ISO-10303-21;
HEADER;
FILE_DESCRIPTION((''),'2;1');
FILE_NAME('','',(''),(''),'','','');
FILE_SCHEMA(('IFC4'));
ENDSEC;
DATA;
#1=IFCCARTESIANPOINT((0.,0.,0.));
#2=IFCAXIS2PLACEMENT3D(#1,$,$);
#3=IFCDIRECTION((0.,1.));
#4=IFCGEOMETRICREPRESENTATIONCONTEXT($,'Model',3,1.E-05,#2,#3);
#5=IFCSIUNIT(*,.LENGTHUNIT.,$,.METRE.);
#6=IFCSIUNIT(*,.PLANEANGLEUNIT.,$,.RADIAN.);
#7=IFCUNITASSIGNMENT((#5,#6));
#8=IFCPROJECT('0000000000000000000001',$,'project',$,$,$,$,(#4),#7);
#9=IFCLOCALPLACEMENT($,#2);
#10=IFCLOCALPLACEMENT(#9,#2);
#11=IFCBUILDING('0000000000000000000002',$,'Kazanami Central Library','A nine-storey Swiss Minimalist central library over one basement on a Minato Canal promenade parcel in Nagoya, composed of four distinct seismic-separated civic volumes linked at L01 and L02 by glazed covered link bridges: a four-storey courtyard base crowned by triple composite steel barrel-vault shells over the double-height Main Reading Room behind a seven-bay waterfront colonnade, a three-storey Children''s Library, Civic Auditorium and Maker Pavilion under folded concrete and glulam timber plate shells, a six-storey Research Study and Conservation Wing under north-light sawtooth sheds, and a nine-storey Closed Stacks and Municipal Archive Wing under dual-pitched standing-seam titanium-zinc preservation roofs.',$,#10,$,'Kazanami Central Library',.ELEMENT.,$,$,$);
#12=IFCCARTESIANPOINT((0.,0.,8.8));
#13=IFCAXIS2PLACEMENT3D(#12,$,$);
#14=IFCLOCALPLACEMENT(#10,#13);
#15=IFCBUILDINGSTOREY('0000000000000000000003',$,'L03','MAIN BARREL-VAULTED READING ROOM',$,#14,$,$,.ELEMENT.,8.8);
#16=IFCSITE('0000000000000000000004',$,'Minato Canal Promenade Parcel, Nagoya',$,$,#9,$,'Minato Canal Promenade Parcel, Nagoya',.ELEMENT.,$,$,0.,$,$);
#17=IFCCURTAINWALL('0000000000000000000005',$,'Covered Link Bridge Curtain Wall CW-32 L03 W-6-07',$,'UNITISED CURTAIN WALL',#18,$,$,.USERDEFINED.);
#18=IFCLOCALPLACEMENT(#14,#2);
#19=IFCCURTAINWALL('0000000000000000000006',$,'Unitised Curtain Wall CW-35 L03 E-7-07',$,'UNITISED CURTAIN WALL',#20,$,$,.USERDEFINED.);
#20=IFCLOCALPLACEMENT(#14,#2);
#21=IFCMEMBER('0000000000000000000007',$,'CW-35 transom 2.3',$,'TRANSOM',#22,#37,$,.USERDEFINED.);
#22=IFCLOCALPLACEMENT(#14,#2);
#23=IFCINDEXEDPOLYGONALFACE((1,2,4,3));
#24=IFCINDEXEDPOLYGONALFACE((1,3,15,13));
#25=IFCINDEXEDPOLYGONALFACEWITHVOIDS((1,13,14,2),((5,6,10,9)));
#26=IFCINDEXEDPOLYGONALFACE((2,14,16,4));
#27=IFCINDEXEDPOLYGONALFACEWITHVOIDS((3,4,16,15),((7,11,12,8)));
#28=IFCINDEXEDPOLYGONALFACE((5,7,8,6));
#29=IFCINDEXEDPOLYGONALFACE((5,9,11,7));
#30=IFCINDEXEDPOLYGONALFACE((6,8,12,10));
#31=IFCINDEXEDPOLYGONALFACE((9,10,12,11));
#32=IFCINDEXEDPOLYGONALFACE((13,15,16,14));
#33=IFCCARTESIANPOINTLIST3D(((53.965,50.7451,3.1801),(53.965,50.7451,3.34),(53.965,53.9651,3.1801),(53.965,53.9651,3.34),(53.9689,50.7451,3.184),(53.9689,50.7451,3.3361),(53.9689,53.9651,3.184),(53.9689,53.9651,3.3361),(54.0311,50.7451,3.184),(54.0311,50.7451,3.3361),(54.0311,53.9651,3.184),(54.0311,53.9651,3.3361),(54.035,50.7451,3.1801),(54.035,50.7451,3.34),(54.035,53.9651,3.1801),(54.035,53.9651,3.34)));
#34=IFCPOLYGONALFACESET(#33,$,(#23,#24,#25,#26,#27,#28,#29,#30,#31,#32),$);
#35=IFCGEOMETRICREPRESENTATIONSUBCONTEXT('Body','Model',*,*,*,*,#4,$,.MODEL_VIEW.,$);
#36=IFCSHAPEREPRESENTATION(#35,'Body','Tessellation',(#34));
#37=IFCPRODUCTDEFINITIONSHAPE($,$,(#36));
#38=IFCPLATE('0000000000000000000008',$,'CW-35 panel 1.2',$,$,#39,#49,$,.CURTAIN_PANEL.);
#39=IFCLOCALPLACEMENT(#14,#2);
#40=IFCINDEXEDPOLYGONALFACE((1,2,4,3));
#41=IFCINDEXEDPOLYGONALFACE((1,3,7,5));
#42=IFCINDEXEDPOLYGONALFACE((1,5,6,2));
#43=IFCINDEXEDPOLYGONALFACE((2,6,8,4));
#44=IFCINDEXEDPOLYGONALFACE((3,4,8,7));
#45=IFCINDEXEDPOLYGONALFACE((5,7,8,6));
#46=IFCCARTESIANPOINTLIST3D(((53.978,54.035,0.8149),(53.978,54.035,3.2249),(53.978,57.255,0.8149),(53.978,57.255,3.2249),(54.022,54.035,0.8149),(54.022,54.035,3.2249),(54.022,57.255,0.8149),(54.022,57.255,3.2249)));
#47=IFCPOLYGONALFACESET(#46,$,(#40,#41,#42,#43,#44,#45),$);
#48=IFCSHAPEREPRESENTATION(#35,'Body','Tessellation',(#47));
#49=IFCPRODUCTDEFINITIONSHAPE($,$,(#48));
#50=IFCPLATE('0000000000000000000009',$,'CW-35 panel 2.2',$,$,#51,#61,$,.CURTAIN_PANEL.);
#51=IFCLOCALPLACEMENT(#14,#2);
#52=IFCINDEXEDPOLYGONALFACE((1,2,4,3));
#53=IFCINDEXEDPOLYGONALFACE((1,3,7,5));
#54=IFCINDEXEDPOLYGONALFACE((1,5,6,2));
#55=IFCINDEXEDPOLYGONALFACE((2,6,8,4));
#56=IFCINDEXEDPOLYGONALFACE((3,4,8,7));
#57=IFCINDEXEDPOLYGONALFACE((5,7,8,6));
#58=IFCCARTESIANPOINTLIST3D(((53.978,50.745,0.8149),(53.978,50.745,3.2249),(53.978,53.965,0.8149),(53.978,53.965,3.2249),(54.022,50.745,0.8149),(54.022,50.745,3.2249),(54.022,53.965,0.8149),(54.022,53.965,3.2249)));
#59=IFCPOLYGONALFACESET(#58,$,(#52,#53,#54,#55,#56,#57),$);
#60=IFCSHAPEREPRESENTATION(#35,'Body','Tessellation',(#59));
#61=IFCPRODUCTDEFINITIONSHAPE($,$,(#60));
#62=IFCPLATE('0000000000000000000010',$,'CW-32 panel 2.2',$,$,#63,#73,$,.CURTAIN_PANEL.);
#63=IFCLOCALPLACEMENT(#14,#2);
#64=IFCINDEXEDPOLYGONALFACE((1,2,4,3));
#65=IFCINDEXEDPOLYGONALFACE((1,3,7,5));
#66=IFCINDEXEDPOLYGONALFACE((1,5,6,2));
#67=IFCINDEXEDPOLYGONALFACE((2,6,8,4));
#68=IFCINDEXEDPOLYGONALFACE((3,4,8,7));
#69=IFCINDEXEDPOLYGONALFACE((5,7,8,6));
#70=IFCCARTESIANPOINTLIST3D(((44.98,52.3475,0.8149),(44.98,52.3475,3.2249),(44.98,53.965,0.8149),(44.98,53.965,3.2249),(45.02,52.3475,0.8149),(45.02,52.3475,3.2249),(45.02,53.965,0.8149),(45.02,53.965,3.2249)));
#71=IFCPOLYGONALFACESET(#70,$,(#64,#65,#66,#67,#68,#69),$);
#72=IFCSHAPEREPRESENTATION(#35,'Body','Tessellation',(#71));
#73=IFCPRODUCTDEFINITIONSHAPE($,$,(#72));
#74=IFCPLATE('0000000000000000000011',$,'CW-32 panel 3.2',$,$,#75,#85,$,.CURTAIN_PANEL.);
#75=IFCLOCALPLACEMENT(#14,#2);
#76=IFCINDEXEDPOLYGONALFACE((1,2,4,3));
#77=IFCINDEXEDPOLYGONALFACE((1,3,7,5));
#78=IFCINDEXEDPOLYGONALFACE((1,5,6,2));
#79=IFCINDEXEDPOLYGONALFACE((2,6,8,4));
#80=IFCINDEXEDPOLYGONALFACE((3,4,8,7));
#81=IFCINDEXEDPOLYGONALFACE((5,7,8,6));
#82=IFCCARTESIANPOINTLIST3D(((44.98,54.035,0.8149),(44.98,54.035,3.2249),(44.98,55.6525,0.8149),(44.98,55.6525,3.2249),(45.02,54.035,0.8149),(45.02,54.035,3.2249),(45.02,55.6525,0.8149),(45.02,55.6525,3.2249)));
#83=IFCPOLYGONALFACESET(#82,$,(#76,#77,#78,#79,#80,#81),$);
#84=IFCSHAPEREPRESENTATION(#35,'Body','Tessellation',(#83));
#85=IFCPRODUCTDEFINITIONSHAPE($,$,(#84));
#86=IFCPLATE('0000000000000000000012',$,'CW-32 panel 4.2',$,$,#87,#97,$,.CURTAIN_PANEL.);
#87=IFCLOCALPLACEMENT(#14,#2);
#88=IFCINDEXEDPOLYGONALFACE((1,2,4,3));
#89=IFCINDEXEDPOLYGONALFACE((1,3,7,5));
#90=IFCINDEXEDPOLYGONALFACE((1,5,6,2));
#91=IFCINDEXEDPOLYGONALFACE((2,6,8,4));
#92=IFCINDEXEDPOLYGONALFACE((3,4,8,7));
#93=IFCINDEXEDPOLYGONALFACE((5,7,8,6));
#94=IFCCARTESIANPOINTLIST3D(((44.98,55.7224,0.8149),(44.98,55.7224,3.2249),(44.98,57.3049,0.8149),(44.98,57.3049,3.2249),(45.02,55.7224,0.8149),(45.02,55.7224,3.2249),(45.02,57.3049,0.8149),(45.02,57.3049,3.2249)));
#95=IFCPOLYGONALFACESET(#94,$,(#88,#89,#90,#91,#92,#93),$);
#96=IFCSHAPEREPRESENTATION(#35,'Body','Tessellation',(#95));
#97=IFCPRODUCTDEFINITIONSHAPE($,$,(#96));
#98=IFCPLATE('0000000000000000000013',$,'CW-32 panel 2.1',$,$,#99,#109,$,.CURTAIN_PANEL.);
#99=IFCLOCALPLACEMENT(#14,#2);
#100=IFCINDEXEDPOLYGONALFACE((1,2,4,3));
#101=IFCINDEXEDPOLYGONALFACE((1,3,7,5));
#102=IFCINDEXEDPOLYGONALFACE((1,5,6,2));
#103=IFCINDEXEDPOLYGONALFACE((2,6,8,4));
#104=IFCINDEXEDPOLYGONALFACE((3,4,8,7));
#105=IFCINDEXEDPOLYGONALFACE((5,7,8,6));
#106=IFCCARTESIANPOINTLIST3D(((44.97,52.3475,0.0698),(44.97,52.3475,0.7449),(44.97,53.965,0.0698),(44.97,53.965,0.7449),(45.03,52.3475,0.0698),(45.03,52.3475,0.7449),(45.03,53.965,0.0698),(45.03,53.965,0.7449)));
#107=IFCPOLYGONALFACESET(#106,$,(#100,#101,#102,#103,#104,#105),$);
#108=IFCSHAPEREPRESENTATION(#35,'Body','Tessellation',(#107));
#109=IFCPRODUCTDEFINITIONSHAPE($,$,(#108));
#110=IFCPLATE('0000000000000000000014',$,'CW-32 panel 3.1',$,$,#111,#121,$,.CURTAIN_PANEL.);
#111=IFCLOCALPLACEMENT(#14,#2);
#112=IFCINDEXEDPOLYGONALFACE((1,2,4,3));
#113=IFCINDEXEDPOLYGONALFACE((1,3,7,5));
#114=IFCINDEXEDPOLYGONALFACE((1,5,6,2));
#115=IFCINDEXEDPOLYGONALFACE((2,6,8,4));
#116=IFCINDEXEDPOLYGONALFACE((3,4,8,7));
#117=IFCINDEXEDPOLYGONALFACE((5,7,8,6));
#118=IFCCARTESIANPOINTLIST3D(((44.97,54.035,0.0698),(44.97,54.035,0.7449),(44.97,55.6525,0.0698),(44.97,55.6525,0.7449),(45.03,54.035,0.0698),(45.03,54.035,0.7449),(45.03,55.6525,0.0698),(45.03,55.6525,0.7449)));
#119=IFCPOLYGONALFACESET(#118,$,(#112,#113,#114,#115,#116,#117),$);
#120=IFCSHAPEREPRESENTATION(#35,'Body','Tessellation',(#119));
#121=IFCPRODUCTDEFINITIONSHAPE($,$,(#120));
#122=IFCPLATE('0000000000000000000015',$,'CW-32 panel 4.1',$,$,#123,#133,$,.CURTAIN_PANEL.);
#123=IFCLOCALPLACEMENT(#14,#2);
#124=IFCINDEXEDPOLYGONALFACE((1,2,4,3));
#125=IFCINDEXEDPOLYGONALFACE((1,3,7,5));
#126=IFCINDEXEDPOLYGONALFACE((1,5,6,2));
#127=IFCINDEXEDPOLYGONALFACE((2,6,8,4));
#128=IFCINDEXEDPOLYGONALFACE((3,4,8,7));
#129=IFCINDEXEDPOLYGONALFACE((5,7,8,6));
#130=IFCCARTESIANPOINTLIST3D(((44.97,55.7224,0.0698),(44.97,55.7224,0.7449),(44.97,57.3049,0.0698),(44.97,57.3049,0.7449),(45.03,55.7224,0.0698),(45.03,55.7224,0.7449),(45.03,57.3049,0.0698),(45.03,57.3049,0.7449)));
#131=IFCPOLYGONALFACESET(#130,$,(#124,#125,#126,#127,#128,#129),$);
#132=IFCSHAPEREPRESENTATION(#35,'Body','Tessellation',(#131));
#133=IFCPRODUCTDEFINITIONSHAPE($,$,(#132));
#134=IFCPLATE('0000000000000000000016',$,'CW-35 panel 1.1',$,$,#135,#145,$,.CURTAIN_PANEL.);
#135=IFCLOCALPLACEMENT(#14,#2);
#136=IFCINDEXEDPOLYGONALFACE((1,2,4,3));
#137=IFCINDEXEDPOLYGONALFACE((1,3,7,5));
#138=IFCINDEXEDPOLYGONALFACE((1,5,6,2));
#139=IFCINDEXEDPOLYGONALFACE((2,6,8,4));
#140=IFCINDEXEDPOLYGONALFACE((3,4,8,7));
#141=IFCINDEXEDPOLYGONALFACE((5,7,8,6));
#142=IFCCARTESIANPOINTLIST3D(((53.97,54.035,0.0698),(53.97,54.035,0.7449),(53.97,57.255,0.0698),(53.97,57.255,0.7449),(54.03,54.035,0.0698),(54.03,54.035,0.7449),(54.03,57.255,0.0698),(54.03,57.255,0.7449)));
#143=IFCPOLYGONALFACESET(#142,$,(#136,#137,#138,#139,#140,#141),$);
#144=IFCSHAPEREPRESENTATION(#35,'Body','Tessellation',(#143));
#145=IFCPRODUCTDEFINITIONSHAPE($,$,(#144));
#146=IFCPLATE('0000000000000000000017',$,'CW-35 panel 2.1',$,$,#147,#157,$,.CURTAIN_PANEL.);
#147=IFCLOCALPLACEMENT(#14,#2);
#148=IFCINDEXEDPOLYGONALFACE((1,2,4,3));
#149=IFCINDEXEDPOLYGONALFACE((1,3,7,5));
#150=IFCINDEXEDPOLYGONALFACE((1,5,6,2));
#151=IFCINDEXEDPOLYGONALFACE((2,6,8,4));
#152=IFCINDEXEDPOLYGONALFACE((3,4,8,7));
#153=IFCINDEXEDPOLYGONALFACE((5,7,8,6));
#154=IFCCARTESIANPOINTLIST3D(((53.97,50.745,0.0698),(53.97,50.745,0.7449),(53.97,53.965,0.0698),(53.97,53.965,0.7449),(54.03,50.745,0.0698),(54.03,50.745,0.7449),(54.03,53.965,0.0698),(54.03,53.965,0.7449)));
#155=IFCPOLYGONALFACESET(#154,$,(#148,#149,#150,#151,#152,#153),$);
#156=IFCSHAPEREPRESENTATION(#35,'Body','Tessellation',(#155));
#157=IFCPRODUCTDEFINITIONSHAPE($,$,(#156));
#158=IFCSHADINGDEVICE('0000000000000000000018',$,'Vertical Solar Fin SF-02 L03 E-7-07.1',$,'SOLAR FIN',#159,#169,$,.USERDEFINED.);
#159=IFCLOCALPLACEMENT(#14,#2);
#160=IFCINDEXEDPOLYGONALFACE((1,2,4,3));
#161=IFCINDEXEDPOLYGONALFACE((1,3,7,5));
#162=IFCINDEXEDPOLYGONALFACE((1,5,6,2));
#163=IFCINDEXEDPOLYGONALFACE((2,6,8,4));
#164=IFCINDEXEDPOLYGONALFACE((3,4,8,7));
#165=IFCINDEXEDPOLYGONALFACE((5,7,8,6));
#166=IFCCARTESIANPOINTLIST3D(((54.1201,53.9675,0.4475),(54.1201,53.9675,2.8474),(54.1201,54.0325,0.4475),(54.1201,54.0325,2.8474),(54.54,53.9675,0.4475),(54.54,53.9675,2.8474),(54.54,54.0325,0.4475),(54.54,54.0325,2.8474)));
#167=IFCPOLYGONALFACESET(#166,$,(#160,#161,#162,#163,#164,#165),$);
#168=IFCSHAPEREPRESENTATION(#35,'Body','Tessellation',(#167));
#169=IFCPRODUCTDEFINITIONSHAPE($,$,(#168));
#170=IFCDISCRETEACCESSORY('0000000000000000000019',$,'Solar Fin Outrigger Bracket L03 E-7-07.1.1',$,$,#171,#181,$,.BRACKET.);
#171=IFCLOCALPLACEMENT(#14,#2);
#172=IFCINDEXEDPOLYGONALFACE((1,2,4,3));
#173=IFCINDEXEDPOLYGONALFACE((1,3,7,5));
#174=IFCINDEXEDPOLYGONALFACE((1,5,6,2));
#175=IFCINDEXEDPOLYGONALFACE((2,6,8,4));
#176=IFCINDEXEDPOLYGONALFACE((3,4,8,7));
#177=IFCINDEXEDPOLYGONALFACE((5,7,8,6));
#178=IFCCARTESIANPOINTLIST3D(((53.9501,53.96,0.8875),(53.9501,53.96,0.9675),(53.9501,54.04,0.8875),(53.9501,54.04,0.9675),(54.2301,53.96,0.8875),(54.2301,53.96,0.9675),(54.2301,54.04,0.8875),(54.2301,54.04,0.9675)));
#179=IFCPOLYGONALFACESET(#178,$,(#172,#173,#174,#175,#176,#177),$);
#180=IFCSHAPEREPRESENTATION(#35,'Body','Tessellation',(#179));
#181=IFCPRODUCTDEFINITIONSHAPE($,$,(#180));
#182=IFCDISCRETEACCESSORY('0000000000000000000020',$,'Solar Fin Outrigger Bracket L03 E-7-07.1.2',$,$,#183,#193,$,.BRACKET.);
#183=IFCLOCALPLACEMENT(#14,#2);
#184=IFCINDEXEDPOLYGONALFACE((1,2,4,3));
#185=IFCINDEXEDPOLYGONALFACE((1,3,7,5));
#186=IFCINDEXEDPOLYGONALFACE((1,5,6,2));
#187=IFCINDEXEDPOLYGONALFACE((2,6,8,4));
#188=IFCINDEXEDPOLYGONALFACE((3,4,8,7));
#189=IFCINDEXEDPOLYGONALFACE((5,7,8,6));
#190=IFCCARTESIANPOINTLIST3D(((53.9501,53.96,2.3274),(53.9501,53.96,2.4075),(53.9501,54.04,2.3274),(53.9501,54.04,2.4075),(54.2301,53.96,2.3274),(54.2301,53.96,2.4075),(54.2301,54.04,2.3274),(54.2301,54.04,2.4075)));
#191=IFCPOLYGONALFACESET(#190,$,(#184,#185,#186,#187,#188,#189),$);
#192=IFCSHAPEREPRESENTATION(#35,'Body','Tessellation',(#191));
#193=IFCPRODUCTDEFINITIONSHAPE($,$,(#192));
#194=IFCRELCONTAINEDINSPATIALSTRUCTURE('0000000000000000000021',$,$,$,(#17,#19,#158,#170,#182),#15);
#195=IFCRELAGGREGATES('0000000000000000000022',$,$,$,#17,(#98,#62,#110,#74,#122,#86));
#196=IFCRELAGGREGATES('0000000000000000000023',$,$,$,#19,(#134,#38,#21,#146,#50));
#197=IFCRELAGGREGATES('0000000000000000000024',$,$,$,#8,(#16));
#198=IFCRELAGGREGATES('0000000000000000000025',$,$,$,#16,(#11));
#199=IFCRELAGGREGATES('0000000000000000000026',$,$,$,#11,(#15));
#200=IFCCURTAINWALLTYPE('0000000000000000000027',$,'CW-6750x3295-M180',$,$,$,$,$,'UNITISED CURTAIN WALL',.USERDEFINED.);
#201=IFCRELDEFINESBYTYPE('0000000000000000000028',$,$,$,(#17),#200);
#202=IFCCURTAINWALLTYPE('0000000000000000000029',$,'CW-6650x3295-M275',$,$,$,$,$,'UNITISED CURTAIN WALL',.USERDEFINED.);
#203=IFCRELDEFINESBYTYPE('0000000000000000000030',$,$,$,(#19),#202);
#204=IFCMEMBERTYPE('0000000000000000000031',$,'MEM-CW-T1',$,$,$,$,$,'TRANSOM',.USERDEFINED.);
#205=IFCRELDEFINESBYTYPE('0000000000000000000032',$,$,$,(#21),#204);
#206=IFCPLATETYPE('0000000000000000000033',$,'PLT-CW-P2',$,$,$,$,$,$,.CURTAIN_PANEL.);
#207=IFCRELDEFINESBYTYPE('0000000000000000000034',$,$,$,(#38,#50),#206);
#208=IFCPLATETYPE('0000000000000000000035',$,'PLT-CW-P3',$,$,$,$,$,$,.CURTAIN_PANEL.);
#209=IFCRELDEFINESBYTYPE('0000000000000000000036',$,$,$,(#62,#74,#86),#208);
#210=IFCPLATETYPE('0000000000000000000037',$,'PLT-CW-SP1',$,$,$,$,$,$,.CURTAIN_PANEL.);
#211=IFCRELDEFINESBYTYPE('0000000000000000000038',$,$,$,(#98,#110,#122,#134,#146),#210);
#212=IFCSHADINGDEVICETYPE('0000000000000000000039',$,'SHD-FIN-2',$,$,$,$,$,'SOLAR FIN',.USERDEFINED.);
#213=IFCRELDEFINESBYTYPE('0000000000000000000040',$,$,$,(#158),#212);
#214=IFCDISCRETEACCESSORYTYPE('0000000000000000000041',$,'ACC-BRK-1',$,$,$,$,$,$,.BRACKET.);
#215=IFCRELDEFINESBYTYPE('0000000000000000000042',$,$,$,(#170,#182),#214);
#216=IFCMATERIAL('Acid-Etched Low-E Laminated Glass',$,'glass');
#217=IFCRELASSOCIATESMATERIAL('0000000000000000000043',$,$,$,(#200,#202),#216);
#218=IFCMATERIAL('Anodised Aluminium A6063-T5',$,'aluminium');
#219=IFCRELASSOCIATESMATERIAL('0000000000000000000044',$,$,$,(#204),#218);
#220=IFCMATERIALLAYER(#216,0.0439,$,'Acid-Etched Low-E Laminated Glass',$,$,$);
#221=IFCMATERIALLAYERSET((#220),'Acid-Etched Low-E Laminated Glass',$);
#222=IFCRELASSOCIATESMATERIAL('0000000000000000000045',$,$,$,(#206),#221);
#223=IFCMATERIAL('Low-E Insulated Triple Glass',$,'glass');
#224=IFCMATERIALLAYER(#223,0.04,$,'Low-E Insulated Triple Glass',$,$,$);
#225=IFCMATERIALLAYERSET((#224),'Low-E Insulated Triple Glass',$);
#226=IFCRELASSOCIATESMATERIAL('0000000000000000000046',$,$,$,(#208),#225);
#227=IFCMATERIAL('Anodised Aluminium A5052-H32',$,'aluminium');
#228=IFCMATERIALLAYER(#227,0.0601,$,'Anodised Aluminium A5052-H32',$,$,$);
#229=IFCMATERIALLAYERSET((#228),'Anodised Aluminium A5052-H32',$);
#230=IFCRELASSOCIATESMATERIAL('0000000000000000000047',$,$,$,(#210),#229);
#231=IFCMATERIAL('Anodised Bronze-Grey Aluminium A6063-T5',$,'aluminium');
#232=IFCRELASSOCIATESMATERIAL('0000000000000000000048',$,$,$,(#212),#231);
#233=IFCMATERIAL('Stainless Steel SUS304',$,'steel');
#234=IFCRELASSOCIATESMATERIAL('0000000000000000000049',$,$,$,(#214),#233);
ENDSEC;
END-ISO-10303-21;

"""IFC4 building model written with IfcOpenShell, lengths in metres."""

from ifc_helpers import new_model, si_unit, direction, frame, origin, origin_2d, place, context, subcontext, project, spatial, rectangle, hollow_rectangle, extrude, material, layer, layer_set, material_profile, profile_set, type_object, element, aggregate, save


model = new_model("IFC4")

# Units and contexts
model_context = context("Model", 3, precision=1e-05, world=origin(), true_north=direction((0.0, 1.0)))
body_context = subcontext(model_context, "Body", "Model", "MODEL_VIEW")
ifc_project = project(units=[si_unit("LENGTHUNIT", "METRE"), si_unit("PLANEANGLEUNIT", "RADIAN")], contexts=[model_context])

# Site, building, storey
site_placement = place(None, origin())
site = spatial("IfcSite", under=ifc_project, at=site_placement, Name="Minato Canal Promenade Parcel, Nagoya", LongName="Minato Canal Promenade Parcel, Nagoya", CompositionType="ELEMENT", RefElevation=0.0)
building_placement = place(site_placement, origin())
building = spatial("IfcBuilding", under=site, at=building_placement, Name="Kazanami Central Library", Description="A nine-storey Swiss Minimalist central library over one basement on a Minato Canal promenade parcel in Nagoya, composed of four distinct seismic-separated civic volumes linked at L01 and L02 by glazed covered link bridges: a four-storey courtyard base crowned by triple composite steel barrel-vault shells over the double-height Main Reading Room behind a seven-bay waterfront colonnade, a three-storey Children's Library, Civic Auditorium and Maker Pavilion under folded concrete and glulam timber plate shells, a six-storey Research Study and Conservation Wing under north-light sawtooth sheds, and a nine-storey Closed Stacks and Municipal Archive Wing under dual-pitched standing-seam titanium-zinc preservation roofs.", LongName="Kazanami Central Library", CompositionType="ELEMENT")
storey_placement = place(building_placement, frame((0.0, 0.0, 8.8)))
storey = spatial("IfcBuildingStorey", under=building, at=storey_placement, Name="L03", Description="MAIN BARREL-VAULTED READING ROOM", CompositionType="ELEMENT", Elevation=8.8)

# Curtain walls
ifc_material_1 = material(Name="Acid-Etched Low-E Laminated Glass", Category="glass")
curtain_wall_type_1 = type_object("IfcCurtainWallType", Name="CW-6750x3295-M180", ElementType="UNITISED CURTAIN WALL", PredefinedType="USERDEFINED", material=ifc_material_1)
curtain_wall_1_placement = place(storey_placement, origin())
curtain_wall_1 = element("IfcCurtainWall", 1, at=curtain_wall_1_placement, inside=storey, type_object=curtain_wall_type_1, Name="Covered Link Bridge Curtain Wall CW-32 L03 W-6-07", ObjectType="UNITISED CURTAIN WALL", PredefinedType="USERDEFINED")
ifc_material_2 = material(Name="Anodised Aluminium A6063-T5", Category="aluminium")
curtain_wall_type_2 = type_object("IfcCurtainWallType", Name="CW-6650x3295-M275", ElementType="UNITISED CURTAIN WALL", PredefinedType="USERDEFINED", material=ifc_material_1)
curtain_wall_2_placement = place(storey_placement, origin())
curtain_wall_2 = element("IfcCurtainWall", 2, at=curtain_wall_2_placement, inside=storey, type_object=curtain_wall_type_2, Name="Unitised Curtain Wall CW-35 L03 E-7-07", ObjectType="UNITISED CURTAIN WALL", PredefinedType="USERDEFINED")

# Member
ifc_material_profile_1 = material_profile(ifc_material_2, hollow_rectangle(XDim=0.0701, YDim=0.1599, WallThickness=0.0039, at=origin_2d()), Name="ALU-TRAN-70x160x4")
ifc_profile_set_1 = profile_set([ifc_material_profile_1], Name="Anodised Aluminium A6063-T5")
member_type_1 = type_object("IfcMemberType", Name="MEM-CW-T1", ElementType="TRANSOM", PredefinedType="USERDEFINED", material=ifc_profile_set_1)
member_1_placement = place(storey_placement, frame((54.0, 53.9651, 3.26), z_axis=(0.0, -1.0, 0.0), x_axis=(1.0, 0.0, 0.0)))
member_1 = element("IfcMember", 3, at=member_1_placement, type_object=member_type_1, Name="CW-35 transom 2.3", ObjectType="TRANSOM", PredefinedType="USERDEFINED", context=body_context, shape_type="SweptSolid", body=[
    extrude(hollow_rectangle(XDim=0.0701, YDim=0.1599, WallThickness=0.0039, at=origin_2d()), origin(), (0.0, 0.0, 1.0), 3.22),
])

# Plates
ifc_layer_1 = layer(ifc_material_1, 0.0439, Name="Acid-Etched Low-E Laminated Glass")
ifc_layer_set_1 = layer_set([ifc_layer_1], Name="Acid-Etched Low-E Laminated Glass")
plate_type_1 = type_object("IfcPlateType", Name="PLT-CW-P2", PredefinedType="CURTAIN_PANEL", material=ifc_layer_set_1)
plate_1_placement = place(storey_placement, frame((54.0, 55.645, 0.8149), z_axis=(0.0, 0.0, 1.0), x_axis=(0.0, -1.0, 0.0)))
plate_1 = element("IfcPlate", 4, at=plate_1_placement, type_object=plate_type_1, Name="CW-35 panel 1.2", PredefinedType="CURTAIN_PANEL", context=body_context, shape_type="SweptSolid", body=[
    extrude(rectangle(XDim=3.22, YDim=0.0439, at=origin_2d()), origin(), (0.0, 0.0, 1.0), 2.4099),
])
plate_2_placement = place(storey_placement, frame((54.0, 52.355, 0.8149), z_axis=(0.0, 0.0, 1.0), x_axis=(0.0, -1.0, 0.0)))
plate_2 = element("IfcPlate", 5, at=plate_2_placement, type_object=plate_type_1, Name="CW-35 panel 2.2", PredefinedType="CURTAIN_PANEL", context=body_context, shape_type="SweptSolid", body=[
    extrude(rectangle(XDim=3.22, YDim=0.0439, at=origin_2d()), origin(), (0.0, 0.0, 1.0), 2.4099),
])
ifc_material_3 = material(Name="Low-E Insulated Triple Glass", Category="glass")
ifc_layer_2 = layer(ifc_material_3, 0.04, Name="Low-E Insulated Triple Glass")
ifc_layer_set_2 = layer_set([ifc_layer_2], Name="Low-E Insulated Triple Glass")
plate_type_2 = type_object("IfcPlateType", Name="PLT-CW-P3", PredefinedType="CURTAIN_PANEL", material=ifc_layer_set_2)
plate_3_placement = place(storey_placement, frame((45.0, 53.1562, 0.8149), z_axis=(0.0, 0.0, 1.0), x_axis=(0.0, 1.0, 0.0)))
plate_3 = element("IfcPlate", 6, at=plate_3_placement, type_object=plate_type_2, Name="CW-32 panel 2.2", PredefinedType="CURTAIN_PANEL", context=body_context, shape_type="SweptSolid", body=[
    extrude(rectangle(XDim=1.6174, YDim=0.04, at=origin_2d()), origin(), (0.0, 0.0, 1.0), 2.4099),
])
plate_4_placement = place(storey_placement, frame((45.0, 54.8438, 0.8149), z_axis=(0.0, 0.0, 1.0), x_axis=(0.0, 1.0, 0.0)))
plate_4 = element("IfcPlate", 7, at=plate_4_placement, type_object=plate_type_2, Name="CW-32 panel 3.2", PredefinedType="CURTAIN_PANEL", context=body_context, shape_type="SweptSolid", body=[
    extrude(rectangle(XDim=1.6174, YDim=0.04, at=origin_2d()), origin(), (0.0, 0.0, 1.0), 2.4099),
])
plate_5_placement = place(storey_placement, frame((45.0, 56.5137, 0.8149), z_axis=(0.0, 0.0, 1.0), x_axis=(0.0, 1.0, 0.0)))
plate_5 = element("IfcPlate", 8, at=plate_5_placement, type_object=plate_type_2, Name="CW-32 panel 4.2", PredefinedType="CURTAIN_PANEL", context=body_context, shape_type="SweptSolid", body=[
    extrude(rectangle(XDim=1.5825, YDim=0.04, at=origin_2d()), origin(), (0.0, 0.0, 1.0), 2.4099),
])
ifc_material_4 = material(Name="Anodised Aluminium A5052-H32", Category="aluminium")
ifc_layer_3 = layer(ifc_material_4, 0.0601, Name="Anodised Aluminium A5052-H32")
ifc_layer_set_3 = layer_set([ifc_layer_3], Name="Anodised Aluminium A5052-H32")
plate_type_3 = type_object("IfcPlateType", Name="PLT-CW-SP1", PredefinedType="CURTAIN_PANEL", material=ifc_layer_set_3)
plate_6_placement = place(storey_placement, frame((45.0, 53.1562, 0.0698), z_axis=(0.0, 0.0, 1.0), x_axis=(0.0, 1.0, 0.0)))
plate_6 = element("IfcPlate", 9, at=plate_6_placement, type_object=plate_type_3, Name="CW-32 panel 2.1", PredefinedType="CURTAIN_PANEL", context=body_context, shape_type="SweptSolid", body=[
    extrude(rectangle(XDim=1.6174, YDim=0.0601, at=origin_2d()), origin(), (0.0, 0.0, 1.0), 0.675),
])
plate_7_placement = place(storey_placement, frame((45.0, 54.8438, 0.0698), z_axis=(0.0, 0.0, 1.0), x_axis=(0.0, 1.0, 0.0)))
plate_7 = element("IfcPlate", 10, at=plate_7_placement, type_object=plate_type_3, Name="CW-32 panel 3.1", PredefinedType="CURTAIN_PANEL", context=body_context, shape_type="SweptSolid", body=[
    extrude(rectangle(XDim=1.6174, YDim=0.0601, at=origin_2d()), origin(), (0.0, 0.0, 1.0), 0.675),
])
plate_8_placement = place(storey_placement, frame((45.0, 56.5137, 0.0698), z_axis=(0.0, 0.0, 1.0), x_axis=(0.0, 1.0, 0.0)))
plate_8 = element("IfcPlate", 11, at=plate_8_placement, type_object=plate_type_3, Name="CW-32 panel 4.1", PredefinedType="CURTAIN_PANEL", context=body_context, shape_type="SweptSolid", body=[
    extrude(rectangle(XDim=1.5825, YDim=0.0601, at=origin_2d()), origin(), (0.0, 0.0, 1.0), 0.675),
])
aggregate(curtain_wall_1, [plate_6, plate_3, plate_7, plate_4, plate_8, plate_5])
plate_9_placement = place(storey_placement, frame((54.0, 55.645, 0.0698), z_axis=(0.0, 0.0, 1.0), x_axis=(0.0, -1.0, 0.0)))
plate_9 = element("IfcPlate", 12, at=plate_9_placement, type_object=plate_type_3, Name="CW-35 panel 1.1", PredefinedType="CURTAIN_PANEL", context=body_context, shape_type="SweptSolid", body=[
    extrude(rectangle(XDim=3.22, YDim=0.0601, at=origin_2d()), origin(), (0.0, 0.0, 1.0), 0.675),
])
plate_10_placement = place(storey_placement, frame((54.0, 52.355, 0.0698), z_axis=(0.0, 0.0, 1.0), x_axis=(0.0, -1.0, 0.0)))
plate_10 = element("IfcPlate", 13, at=plate_10_placement, type_object=plate_type_3, Name="CW-35 panel 2.1", PredefinedType="CURTAIN_PANEL", context=body_context, shape_type="SweptSolid", body=[
    extrude(rectangle(XDim=3.22, YDim=0.0601, at=origin_2d()), origin(), (0.0, 0.0, 1.0), 0.675),
])
aggregate(curtain_wall_2, [plate_9, plate_1, member_1, plate_10, plate_2])

# Shading device
ifc_material_5 = material(Name="Anodised Bronze-Grey Aluminium A6063-T5", Category="aluminium")
shading_device_type = type_object("IfcShadingDeviceType", Name="SHD-FIN-2", ElementType="SOLAR FIN", PredefinedType="USERDEFINED", material=ifc_material_5)
shading_device_placement = place(storey_placement, frame((54.3301, 54.0, 0.4475), z_axis=(0.0, 0.0, 1.0), x_axis=(0.0, -1.0, 0.0)))
element("IfcShadingDevice", 14, at=shading_device_placement, inside=storey, type_object=shading_device_type, Name="Vertical Solar Fin SF-02 L03 E-7-07.1", ObjectType="SOLAR FIN", PredefinedType="USERDEFINED", context=body_context, shape_type="SweptSolid", body=[
    extrude(rectangle(XDim=0.0649, YDim=0.4199, at=origin_2d()), origin(), (0.0, 0.0, 1.0), 2.3999),
])

# Discrete accessories
ifc_material_6 = material(Name="Stainless Steel SUS304", Category="steel")
discrete_accessory_type = type_object("IfcDiscreteAccessoryType", Name="ACC-BRK-1", PredefinedType="BRACKET", material=ifc_material_6)
for number, where, z_axis, x_axis, name in (
    (15, (54.0901, 54.0, 0.8875), (0.0, 0.0, 1.0), (0.0, -1.0, 0.0), "Solar Fin Outrigger Bracket L03 E-7-07.1.1"),
    (16, (54.0901, 54.0, 2.3274), (0.0, 0.0, 1.0), (0.0, -1.0, 0.0), "Solar Fin Outrigger Bracket L03 E-7-07.1.2"),
):
    element("IfcDiscreteAccessory", number, at=place(storey_placement, frame(where, z_axis=z_axis, x_axis=x_axis)), inside=storey, type_object=discrete_accessory_type, Name=name, PredefinedType="BRACKET", context=body_context, shape_type="SweptSolid", body=[
        extrude(rectangle(XDim=0.0801, YDim=0.28, at=origin_2d()), origin(), (0.0, 0.0, 1.0), 0.0801),
    ])

save(model, "model.ifc")
